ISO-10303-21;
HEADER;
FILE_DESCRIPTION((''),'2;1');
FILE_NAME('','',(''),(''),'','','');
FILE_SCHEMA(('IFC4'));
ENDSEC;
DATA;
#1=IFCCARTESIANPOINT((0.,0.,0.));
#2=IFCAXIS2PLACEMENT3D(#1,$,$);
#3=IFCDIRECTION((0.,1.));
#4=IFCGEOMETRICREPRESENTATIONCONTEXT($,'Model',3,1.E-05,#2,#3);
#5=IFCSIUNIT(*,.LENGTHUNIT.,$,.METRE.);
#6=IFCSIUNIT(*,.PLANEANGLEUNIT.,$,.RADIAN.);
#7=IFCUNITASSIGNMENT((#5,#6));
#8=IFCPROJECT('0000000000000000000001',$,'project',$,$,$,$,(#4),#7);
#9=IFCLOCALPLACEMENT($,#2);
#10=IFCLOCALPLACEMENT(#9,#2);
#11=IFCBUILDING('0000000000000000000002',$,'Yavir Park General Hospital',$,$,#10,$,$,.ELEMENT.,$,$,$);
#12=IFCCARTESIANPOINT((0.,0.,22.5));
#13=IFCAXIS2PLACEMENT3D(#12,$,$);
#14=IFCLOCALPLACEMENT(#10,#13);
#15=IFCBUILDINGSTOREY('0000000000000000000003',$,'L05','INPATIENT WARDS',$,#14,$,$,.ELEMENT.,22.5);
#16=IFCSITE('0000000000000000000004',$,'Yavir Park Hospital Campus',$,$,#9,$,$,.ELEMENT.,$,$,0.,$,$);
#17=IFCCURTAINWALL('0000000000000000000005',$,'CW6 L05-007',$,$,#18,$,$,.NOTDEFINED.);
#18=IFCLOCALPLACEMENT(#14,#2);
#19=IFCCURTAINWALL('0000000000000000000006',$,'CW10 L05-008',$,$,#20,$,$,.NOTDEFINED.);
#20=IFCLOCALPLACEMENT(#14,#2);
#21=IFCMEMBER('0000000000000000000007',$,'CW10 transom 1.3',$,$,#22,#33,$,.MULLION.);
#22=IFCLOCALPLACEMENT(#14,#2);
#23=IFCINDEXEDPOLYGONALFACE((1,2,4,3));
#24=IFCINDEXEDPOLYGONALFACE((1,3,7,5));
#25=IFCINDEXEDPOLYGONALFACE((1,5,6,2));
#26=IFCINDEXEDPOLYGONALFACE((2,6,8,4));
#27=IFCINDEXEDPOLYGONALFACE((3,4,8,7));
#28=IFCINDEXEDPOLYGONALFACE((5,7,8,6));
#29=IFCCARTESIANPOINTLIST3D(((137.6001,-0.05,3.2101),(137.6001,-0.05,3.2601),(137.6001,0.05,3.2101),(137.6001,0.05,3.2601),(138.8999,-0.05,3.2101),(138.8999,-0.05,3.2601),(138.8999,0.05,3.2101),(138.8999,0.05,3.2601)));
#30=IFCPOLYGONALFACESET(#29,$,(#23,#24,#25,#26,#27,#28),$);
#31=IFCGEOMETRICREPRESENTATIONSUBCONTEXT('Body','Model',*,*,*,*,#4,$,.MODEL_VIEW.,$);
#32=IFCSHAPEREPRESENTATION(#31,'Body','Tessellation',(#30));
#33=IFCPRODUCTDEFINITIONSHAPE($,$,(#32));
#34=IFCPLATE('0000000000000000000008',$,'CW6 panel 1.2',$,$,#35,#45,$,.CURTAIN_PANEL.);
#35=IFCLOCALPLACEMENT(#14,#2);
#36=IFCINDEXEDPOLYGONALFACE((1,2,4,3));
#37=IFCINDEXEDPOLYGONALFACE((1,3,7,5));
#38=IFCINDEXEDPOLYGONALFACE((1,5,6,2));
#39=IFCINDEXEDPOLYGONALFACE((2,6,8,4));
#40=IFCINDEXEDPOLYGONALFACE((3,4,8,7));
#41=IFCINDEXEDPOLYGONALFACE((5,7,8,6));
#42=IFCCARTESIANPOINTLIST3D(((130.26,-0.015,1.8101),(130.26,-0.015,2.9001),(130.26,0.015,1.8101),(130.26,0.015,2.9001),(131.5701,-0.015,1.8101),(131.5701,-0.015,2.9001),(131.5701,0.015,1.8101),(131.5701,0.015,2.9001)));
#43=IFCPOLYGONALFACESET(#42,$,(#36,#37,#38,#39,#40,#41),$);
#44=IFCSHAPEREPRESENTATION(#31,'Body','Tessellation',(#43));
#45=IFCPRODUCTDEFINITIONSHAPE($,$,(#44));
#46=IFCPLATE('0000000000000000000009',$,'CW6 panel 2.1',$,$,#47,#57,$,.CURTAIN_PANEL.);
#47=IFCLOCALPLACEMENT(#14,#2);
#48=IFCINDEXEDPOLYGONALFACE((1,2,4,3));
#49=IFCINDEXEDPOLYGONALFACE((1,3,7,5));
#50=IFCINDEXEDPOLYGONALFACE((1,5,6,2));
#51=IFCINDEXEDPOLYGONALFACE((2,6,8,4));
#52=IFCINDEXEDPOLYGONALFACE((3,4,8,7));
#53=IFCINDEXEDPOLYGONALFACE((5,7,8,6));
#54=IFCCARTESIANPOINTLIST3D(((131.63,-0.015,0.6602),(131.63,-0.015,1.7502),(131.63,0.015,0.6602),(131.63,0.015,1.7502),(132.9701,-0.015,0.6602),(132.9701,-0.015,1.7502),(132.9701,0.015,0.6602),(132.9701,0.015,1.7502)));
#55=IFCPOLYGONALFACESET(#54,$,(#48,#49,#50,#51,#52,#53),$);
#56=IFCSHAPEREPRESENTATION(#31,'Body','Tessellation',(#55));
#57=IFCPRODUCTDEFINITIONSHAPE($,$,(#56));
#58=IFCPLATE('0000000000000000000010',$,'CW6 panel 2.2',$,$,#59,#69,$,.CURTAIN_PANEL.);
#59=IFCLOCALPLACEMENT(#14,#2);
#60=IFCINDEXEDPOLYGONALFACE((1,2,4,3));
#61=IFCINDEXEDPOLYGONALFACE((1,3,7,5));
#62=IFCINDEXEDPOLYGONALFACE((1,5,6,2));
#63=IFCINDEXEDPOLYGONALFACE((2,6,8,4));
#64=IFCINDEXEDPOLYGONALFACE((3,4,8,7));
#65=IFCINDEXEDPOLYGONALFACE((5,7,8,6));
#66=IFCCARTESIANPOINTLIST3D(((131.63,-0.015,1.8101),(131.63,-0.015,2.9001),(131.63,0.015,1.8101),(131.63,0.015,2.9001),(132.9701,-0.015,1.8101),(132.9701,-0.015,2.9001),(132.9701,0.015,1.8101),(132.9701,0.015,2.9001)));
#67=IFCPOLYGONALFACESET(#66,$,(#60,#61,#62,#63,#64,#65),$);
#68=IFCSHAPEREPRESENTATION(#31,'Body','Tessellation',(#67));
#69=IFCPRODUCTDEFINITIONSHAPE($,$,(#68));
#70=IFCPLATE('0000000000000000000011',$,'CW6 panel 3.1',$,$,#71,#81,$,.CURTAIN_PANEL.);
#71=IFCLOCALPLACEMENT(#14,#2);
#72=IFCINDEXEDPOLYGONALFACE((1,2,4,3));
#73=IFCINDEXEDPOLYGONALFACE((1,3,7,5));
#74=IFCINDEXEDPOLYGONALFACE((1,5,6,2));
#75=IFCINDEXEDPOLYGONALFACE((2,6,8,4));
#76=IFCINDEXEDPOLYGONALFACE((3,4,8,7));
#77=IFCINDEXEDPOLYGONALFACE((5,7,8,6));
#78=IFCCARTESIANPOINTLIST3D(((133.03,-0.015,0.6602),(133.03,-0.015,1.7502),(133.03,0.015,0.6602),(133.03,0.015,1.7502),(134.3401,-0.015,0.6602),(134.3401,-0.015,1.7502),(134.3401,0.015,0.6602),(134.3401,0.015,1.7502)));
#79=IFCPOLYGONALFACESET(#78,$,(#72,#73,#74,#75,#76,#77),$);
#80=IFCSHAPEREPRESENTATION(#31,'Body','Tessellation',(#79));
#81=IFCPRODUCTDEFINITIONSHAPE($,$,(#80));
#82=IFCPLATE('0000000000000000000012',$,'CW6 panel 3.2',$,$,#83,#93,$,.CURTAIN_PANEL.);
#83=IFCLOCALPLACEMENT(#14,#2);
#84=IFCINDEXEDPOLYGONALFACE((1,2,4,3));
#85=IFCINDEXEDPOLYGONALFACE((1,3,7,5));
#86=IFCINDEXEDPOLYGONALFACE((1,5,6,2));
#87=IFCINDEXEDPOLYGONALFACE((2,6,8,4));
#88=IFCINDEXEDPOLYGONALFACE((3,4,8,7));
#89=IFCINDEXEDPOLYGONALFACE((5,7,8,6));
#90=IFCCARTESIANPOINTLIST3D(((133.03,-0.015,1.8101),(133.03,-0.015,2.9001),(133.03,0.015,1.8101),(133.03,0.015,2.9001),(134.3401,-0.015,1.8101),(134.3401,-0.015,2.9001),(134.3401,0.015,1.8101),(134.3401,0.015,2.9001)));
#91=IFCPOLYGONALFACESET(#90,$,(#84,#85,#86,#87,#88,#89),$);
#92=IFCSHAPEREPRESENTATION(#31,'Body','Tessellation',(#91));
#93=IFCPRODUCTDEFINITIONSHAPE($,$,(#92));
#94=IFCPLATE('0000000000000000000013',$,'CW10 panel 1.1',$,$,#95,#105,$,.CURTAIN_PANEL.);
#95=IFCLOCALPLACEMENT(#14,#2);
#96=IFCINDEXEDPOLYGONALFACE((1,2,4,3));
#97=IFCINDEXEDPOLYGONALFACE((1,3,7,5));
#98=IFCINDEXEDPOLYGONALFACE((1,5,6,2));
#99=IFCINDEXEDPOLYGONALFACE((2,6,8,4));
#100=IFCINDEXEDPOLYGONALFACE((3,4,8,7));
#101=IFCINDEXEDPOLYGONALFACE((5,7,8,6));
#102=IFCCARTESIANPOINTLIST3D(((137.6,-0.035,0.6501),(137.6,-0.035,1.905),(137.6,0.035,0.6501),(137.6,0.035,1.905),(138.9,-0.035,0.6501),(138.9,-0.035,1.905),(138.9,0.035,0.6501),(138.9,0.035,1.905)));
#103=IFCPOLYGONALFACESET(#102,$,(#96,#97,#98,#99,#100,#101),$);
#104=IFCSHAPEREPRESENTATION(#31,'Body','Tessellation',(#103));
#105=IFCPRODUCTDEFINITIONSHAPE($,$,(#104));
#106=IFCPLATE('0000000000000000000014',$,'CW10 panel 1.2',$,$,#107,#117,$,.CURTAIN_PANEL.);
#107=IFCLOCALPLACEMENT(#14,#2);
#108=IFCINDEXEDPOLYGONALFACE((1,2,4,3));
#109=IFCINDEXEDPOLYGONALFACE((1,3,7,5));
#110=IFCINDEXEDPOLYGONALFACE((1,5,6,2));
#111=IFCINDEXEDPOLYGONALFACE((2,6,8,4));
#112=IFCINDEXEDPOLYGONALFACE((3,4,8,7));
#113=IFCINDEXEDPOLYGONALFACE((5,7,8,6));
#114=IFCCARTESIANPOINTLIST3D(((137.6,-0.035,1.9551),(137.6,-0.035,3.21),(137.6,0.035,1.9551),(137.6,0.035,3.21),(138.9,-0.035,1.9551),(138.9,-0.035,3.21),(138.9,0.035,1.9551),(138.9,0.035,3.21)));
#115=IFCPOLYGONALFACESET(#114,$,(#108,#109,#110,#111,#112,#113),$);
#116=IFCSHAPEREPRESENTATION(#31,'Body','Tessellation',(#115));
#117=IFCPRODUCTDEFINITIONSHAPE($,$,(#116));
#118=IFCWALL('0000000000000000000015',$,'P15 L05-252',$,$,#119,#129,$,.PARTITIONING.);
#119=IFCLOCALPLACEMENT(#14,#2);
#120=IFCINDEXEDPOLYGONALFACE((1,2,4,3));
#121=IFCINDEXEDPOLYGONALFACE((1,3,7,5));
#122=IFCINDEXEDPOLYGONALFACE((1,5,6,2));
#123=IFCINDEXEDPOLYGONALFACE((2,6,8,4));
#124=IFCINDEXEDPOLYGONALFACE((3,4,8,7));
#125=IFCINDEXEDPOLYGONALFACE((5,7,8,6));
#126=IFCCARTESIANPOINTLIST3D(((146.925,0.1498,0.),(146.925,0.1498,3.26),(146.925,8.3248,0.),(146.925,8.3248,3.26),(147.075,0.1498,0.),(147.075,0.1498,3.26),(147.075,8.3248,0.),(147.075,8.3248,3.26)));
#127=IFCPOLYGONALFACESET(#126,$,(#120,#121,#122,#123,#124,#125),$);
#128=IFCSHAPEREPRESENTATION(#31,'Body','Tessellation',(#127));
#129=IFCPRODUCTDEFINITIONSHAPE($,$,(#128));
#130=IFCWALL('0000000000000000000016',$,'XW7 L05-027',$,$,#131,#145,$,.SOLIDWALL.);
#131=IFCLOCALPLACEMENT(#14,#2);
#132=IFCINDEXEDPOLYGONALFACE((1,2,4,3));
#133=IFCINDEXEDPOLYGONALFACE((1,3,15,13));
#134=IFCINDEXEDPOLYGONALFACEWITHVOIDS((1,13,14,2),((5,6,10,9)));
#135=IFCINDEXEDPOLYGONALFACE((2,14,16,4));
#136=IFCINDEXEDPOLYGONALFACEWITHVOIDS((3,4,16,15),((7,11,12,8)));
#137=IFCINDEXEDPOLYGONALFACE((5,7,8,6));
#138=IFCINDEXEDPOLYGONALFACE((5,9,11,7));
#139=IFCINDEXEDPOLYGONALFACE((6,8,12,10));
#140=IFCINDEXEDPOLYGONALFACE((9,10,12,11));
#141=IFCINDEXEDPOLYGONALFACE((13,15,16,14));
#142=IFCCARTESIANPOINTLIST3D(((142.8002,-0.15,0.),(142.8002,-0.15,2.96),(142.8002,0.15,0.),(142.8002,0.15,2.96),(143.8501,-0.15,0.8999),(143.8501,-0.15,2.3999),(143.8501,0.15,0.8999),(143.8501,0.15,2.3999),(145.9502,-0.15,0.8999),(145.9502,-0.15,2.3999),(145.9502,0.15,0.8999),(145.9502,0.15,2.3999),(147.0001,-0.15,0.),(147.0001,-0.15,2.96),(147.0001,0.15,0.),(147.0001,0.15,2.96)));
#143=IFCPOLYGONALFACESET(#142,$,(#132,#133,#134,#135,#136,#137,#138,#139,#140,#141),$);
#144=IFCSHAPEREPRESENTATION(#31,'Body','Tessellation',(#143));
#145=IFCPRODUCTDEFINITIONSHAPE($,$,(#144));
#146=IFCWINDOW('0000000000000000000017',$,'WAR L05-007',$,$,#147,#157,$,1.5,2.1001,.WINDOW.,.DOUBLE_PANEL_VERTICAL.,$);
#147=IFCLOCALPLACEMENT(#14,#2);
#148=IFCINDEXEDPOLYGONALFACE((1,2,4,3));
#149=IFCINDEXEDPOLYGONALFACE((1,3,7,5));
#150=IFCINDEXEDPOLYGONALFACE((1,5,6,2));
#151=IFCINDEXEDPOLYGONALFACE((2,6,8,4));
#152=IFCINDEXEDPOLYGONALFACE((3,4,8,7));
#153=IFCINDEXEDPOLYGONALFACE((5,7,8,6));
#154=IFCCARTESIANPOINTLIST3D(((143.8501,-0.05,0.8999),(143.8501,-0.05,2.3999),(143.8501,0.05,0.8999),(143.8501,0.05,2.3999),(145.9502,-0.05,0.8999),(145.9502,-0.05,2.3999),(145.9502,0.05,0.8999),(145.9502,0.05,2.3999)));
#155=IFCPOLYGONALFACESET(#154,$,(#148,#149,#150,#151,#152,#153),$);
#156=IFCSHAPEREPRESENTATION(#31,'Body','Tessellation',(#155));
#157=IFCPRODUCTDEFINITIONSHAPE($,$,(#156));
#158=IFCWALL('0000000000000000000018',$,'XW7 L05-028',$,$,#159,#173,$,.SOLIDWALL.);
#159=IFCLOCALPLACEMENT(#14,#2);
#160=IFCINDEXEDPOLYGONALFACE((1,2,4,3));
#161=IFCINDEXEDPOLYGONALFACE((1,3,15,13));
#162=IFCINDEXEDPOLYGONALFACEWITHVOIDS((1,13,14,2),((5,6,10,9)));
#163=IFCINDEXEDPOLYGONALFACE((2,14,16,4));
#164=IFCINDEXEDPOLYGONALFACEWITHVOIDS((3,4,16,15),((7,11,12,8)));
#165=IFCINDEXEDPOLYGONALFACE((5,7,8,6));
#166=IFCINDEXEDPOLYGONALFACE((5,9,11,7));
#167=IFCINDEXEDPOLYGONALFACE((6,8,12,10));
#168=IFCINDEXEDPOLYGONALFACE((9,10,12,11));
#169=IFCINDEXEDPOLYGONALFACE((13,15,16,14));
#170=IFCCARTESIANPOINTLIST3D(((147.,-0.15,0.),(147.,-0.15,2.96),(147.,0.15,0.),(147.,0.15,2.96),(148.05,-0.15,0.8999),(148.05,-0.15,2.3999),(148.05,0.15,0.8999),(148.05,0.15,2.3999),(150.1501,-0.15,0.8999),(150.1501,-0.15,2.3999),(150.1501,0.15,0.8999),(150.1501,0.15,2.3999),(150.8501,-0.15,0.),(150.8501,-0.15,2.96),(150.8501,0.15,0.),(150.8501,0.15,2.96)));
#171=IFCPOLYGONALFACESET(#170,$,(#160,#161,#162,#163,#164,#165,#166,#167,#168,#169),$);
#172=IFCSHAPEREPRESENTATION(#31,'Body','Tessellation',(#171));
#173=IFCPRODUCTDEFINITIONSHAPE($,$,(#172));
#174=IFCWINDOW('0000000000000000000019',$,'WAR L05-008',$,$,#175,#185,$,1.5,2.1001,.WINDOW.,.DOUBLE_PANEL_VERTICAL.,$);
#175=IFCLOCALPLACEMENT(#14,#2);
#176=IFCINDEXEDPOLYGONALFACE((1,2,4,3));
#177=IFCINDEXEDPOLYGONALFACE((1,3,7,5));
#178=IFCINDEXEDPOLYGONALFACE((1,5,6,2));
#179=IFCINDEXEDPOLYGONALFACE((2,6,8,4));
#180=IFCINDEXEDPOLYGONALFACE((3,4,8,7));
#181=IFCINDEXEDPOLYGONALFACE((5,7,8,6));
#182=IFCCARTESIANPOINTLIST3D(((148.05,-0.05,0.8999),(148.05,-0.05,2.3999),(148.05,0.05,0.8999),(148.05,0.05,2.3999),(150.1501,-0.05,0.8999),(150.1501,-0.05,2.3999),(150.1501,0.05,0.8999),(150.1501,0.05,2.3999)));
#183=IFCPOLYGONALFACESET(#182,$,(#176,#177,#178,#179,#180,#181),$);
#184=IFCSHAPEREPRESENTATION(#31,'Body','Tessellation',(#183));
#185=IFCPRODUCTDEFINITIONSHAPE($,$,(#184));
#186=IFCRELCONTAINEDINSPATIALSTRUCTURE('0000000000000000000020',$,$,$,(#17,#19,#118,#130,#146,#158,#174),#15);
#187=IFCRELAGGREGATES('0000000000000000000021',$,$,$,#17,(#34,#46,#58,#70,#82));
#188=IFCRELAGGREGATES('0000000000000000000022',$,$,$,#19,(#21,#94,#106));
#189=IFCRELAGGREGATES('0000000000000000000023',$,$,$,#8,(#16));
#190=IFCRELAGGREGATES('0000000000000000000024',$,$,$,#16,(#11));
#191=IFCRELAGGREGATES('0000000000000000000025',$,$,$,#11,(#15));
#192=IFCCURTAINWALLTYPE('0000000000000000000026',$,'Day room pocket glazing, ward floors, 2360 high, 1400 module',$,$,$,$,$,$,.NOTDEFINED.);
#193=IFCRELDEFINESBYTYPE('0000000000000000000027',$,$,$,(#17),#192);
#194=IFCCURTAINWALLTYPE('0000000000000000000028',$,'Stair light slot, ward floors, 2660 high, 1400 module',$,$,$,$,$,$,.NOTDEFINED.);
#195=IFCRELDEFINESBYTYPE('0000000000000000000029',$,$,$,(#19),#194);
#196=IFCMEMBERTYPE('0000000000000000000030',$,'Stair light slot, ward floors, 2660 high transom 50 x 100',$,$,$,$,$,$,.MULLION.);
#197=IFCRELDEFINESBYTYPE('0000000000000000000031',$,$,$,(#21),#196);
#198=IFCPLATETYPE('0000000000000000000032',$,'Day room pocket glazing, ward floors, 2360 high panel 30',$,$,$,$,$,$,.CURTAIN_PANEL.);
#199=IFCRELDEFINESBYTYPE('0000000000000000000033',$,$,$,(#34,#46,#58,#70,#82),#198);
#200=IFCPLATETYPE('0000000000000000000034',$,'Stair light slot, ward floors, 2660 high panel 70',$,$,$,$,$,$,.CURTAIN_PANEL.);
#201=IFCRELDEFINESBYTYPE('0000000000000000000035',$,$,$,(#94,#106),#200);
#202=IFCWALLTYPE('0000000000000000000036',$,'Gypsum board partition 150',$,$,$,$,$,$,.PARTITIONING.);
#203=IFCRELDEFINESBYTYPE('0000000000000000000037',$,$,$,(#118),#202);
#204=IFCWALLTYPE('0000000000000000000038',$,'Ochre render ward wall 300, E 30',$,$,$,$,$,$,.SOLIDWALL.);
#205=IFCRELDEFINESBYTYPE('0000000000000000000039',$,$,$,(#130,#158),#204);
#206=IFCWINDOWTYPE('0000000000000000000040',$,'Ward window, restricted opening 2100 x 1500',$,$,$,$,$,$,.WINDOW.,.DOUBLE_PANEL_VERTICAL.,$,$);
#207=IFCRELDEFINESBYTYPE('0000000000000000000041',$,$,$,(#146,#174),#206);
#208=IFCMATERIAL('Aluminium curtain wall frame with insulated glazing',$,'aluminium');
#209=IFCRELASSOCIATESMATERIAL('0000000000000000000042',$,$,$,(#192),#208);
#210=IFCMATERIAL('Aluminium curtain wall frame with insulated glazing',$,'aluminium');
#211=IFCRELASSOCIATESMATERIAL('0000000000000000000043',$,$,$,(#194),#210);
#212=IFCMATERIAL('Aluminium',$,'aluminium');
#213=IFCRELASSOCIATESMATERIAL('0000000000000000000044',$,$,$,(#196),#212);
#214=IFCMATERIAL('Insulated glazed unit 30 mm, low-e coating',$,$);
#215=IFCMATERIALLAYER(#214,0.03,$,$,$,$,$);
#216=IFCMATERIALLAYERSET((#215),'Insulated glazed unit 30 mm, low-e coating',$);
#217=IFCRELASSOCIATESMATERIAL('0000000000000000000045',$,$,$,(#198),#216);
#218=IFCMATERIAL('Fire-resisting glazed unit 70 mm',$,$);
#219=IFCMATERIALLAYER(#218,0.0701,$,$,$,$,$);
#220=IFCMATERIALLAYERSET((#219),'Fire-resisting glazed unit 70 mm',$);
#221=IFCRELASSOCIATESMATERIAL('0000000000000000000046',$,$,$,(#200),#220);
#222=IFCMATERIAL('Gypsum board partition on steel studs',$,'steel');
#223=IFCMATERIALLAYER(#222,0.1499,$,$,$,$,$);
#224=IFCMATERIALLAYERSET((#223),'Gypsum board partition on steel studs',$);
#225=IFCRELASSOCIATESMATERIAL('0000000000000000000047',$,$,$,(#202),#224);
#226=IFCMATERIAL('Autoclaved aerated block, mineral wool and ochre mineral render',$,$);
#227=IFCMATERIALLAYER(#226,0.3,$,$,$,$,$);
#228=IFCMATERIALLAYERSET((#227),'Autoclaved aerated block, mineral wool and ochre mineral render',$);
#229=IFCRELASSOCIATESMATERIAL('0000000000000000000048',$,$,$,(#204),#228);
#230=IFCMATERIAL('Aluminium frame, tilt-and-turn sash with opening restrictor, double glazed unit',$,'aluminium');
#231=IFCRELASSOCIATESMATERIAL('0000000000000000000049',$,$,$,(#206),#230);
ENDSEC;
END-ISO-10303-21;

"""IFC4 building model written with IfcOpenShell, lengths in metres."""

from ifc_helpers import new_model, si_unit, direction, frame, frame_2d, origin, origin_2d, place, context, subcontext, project, spatial, rectangle, extrude, material, layer, layer_set, material_profile, profile_set, type_object, element, fill, aggregate, save


model = new_model("IFC4")

# Units and contexts
model_context = context("Model", 3, precision=1e-05, world=origin(), true_north=direction((0.0, 1.0)))
body_context = subcontext(model_context, "Body", "Model", "MODEL_VIEW")
ifc_project = project(units=[si_unit("LENGTHUNIT", "METRE"), si_unit("PLANEANGLEUNIT", "RADIAN")], contexts=[model_context])

# Site, building, storey
site_placement = place(None, origin())
site = spatial("IfcSite", under=ifc_project, at=site_placement, Name="Yavir Park Hospital Campus", CompositionType="ELEMENT", RefElevation=0.0)
building_placement = place(site_placement, origin())
building = spatial("IfcBuilding", under=site, at=building_placement, Name="Yavir Park General Hospital", CompositionType="ELEMENT")
storey_placement = place(building_placement, frame((0.0, 0.0, 22.5)))
storey = spatial("IfcBuildingStorey", under=building, at=storey_placement, Name="L05", Description="INPATIENT WARDS", CompositionType="ELEMENT", Elevation=22.5)

# Curtain wall
ifc_material_1 = material(Name="Aluminium curtain wall frame with insulated glazing", Category="aluminium")
curtain_wall_type_1 = type_object("IfcCurtainWallType", Name="Day room pocket glazing, ward floors, 2360 high, 1400 module", PredefinedType="NOTDEFINED", material=ifc_material_1)
curtain_wall_1_placement = place(storey_placement, origin())
curtain_wall_1 = element("IfcCurtainWall", 1, at=curtain_wall_1_placement, inside=storey, type_object=curtain_wall_type_1, Name="CW6 L05-007", PredefinedType="NOTDEFINED")

# Curtain wall, member
ifc_material_2 = material(Name="Aluminium curtain wall frame with insulated glazing", Category="aluminium")
curtain_wall_type_2 = type_object("IfcCurtainWallType", Name="Stair light slot, ward floors, 2660 high, 1400 module", PredefinedType="NOTDEFINED", material=ifc_material_2)
curtain_wall_2_placement = place(storey_placement, origin())
curtain_wall_2 = element("IfcCurtainWall", 2, at=curtain_wall_2_placement, inside=storey, type_object=curtain_wall_type_2, Name="CW10 L05-008", PredefinedType="NOTDEFINED")
ifc_material_3 = material(Name="Aluminium", Category="aluminium")
ifc_material_profile_1 = material_profile(ifc_material_3, rectangle(XDim=0.1001, YDim=0.05, at=origin_2d()), Name="AL 100x50")
ifc_profile_set_1 = profile_set([ifc_material_profile_1], Name="Aluminium")
member_type_1 = type_object("IfcMemberType", Name="Stair light slot, ward floors, 2660 high transom 50 x 100", PredefinedType="MULLION", material=ifc_profile_set_1)
member_1_placement = place(storey_placement, frame((137.6001, 0.0, 3.2351), z_axis=(1.0, 0.0, 0.0), x_axis=(0.0, 1.0, 0.0)))
member_1 = element("IfcMember", 3, at=member_1_placement, type_object=member_type_1, Name="CW10 transom 1.3", PredefinedType="MULLION", context=body_context, shape_type="SweptSolid", body=[
    extrude(rectangle(XDim=0.1001, YDim=0.05, at=origin_2d()), origin(), (0.0, 0.0, 1.0), 1.2998),
])

# Plates
ifc_material_4 = material(Name="Insulated glazed unit 30 mm, low-e coating")
ifc_layer_1 = layer(ifc_material_4, 0.03)
ifc_layer_set_1 = layer_set([ifc_layer_1], Name="Insulated glazed unit 30 mm, low-e coating")
plate_type_1 = type_object("IfcPlateType", Name="Day room pocket glazing, ward floors, 2360 high panel 30", PredefinedType="CURTAIN_PANEL", material=ifc_layer_set_1)
plate_1_placement = place(storey_placement, frame((130.915, 0.0, 1.8101), z_axis=(0.0, 0.0, 1.0), x_axis=(1.0, 0.0, 0.0)))
plate_1 = element("IfcPlate", 4, at=plate_1_placement, type_object=plate_type_1, Name="CW6 panel 1.2", PredefinedType="CURTAIN_PANEL", context=body_context, shape_type="SweptSolid", body=[
    extrude(rectangle(XDim=1.3101, YDim=0.03, at=origin_2d()), origin(), (0.0, 0.0, 1.0), 1.0901),
])
plate_2_placement = place(storey_placement, frame((132.3, 0.0, 0.6602), z_axis=(0.0, 0.0, 1.0), x_axis=(1.0, 0.0, 0.0)))
plate_2 = element("IfcPlate", 5, at=plate_2_placement, type_object=plate_type_1, Name="CW6 panel 2.1", PredefinedType="CURTAIN_PANEL", context=body_context, shape_type="SweptSolid", body=[
    extrude(rectangle(XDim=1.3401, YDim=0.03, at=origin_2d()), origin(), (0.0, 0.0, 1.0), 1.0901),
])
plate_3_placement = place(storey_placement, frame((132.3, 0.0, 1.8101), z_axis=(0.0, 0.0, 1.0), x_axis=(1.0, 0.0, 0.0)))
plate_3 = element("IfcPlate", 6, at=plate_3_placement, type_object=plate_type_1, Name="CW6 panel 2.2", PredefinedType="CURTAIN_PANEL", context=body_context, shape_type="SweptSolid", body=[
    extrude(rectangle(XDim=1.3401, YDim=0.03, at=origin_2d()), origin(), (0.0, 0.0, 1.0), 1.0901),
])
plate_4_placement = place(storey_placement, frame((133.6851, 0.0, 0.6602), z_axis=(0.0, 0.0, 1.0), x_axis=(1.0, 0.0, 0.0)))
plate_4 = element("IfcPlate", 7, at=plate_4_placement, type_object=plate_type_1, Name="CW6 panel 3.1", PredefinedType="CURTAIN_PANEL", context=body_context, shape_type="SweptSolid", body=[
    extrude(rectangle(XDim=1.3101, YDim=0.03, at=origin_2d()), origin(), (0.0, 0.0, 1.0), 1.0901),
])
plate_5_placement = place(storey_placement, frame((133.6851, 0.0, 1.8101), z_axis=(0.0, 0.0, 1.0), x_axis=(1.0, 0.0, 0.0)))
plate_5 = element("IfcPlate", 8, at=plate_5_placement, type_object=plate_type_1, Name="CW6 panel 3.2", PredefinedType="CURTAIN_PANEL", context=body_context, shape_type="SweptSolid", body=[
    extrude(rectangle(XDim=1.3101, YDim=0.03, at=origin_2d()), origin(), (0.0, 0.0, 1.0), 1.0901),
])
aggregate(curtain_wall_1, [plate_1, plate_2, plate_3, plate_4, plate_5])
ifc_material_5 = material(Name="Fire-resisting glazed unit 70 mm")
ifc_layer_2 = layer(ifc_material_5, 0.0701)
ifc_layer_set_2 = layer_set([ifc_layer_2], Name="Fire-resisting glazed unit 70 mm")
plate_type_2 = type_object("IfcPlateType", Name="Stair light slot, ward floors, 2660 high panel 70", PredefinedType="CURTAIN_PANEL", material=ifc_layer_set_2)
plate_6_placement = place(storey_placement, frame((138.25, 0.0, 0.6501), z_axis=(0.0, 0.0, 1.0), x_axis=(1.0, 0.0, 0.0)))
plate_6 = element("IfcPlate", 9, at=plate_6_placement, type_object=plate_type_2, Name="CW10 panel 1.1", PredefinedType="CURTAIN_PANEL", context=body_context, shape_type="SweptSolid", body=[
    extrude(rectangle(XDim=1.3, YDim=0.0701, at=origin_2d()), origin(), (0.0, 0.0, 1.0), 1.2549),
])
plate_7_placement = place(storey_placement, frame((138.25, 0.0, 1.9551), z_axis=(0.0, 0.0, 1.0), x_axis=(1.0, 0.0, 0.0)))
plate_7 = element("IfcPlate", 10, at=plate_7_placement, type_object=plate_type_2, Name="CW10 panel 1.2", PredefinedType="CURTAIN_PANEL", context=body_context, shape_type="SweptSolid", body=[
    extrude(rectangle(XDim=1.3, YDim=0.0701, at=origin_2d()), origin(), (0.0, 0.0, 1.0), 1.2549),
])
aggregate(curtain_wall_2, [member_1, plate_6, plate_7])

# Wall
ifc_material_6 = material(Name="Gypsum board partition on steel studs", Category="steel")
ifc_layer_3 = layer(ifc_material_6, 0.1499)
ifc_layer_set_3 = layer_set([ifc_layer_3], Name="Gypsum board partition on steel studs")
wall_type_1 = type_object("IfcWallType", Name="Gypsum board partition 150", PredefinedType="PARTITIONING", material=ifc_layer_set_3)
wall_1_placement = place(storey_placement, frame((147.0, 0.1499, 0.0), z_axis=(0.0, 0.0, 1.0), x_axis=(0.0, 1.0, 0.0)))
element("IfcWall", 11, at=wall_1_placement, inside=storey, type_object=wall_type_1, Name="P15 L05-252", PredefinedType="PARTITIONING", context=body_context, shape_type="SweptSolid", body=[
    extrude(rectangle(XDim=8.175, YDim=0.1499, at=frame_2d((4.0874, 0.0))), origin(), (0.0, 0.0, 1.0), 3.26),
])

# Walls, openings, windows
ifc_material_7 = material(Name="Autoclaved aerated block, mineral wool and ochre mineral render")
ifc_layer_4 = layer(ifc_material_7, 0.3)
ifc_layer_set_4 = layer_set([ifc_layer_4], Name="Autoclaved aerated block, mineral wool and ochre mineral render")
wall_type_2 = type_object("IfcWallType", Name="Ochre render ward wall 300, E 30", PredefinedType="SOLIDWALL", material=ifc_layer_set_4)
wall_2_placement = place(storey_placement, frame((142.8, 0.0, 0.0), z_axis=(0.0, 0.0, 1.0), x_axis=(1.0, 0.0, 0.0)))
wall_2 = element("IfcWall", 12, at=wall_2_placement, inside=storey, type_object=wall_type_2, Name="XW7 L05-027", PredefinedType="SOLIDWALL", context=body_context, shape_type="SweptSolid", body=[
    extrude(rectangle(XDim=4.2, YDim=0.3, at=frame_2d((2.1001, 0.0))), origin(), (0.0, 0.0, 1.0), 2.96),
])
opening_1_placement = place(wall_2_placement, frame((1.05, 0.0, 0.8999)))
opening_1 = element("IfcOpeningElement", 13, at=opening_1_placement, cuts=wall_2, PredefinedType="OPENING", context=body_context, shape_type="SweptSolid", body=[
    extrude(rectangle(XDim=2.1001, YDim=1.5, at=frame_2d((1.05, 0.75))), frame((0.0, 0.1599, 0.0), z_axis=(0.0, -1.0, 0.0), x_axis=(1.0, 0.0, 0.0)), (0.0, 0.0, 1.0), 0.3201),
])
ifc_material_8 = material(Name="Aluminium frame, tilt-and-turn sash with opening restrictor, double glazed unit", Category="aluminium")
window_type = type_object("IfcWindowType", Name="Ward window, restricted opening 2100 x 1500", PartitioningType="DOUBLE_PANEL_VERTICAL", PredefinedType="WINDOW", material=ifc_material_8)
window_1_placement = place(opening_1_placement, origin())
window_1 = element("IfcWindow", 14, at=window_1_placement, inside=storey, type_object=window_type, Name="WAR L05-007", OverallHeight=1.5, OverallWidth=2.1001, PartitioningType="DOUBLE_PANEL_VERTICAL", PredefinedType="WINDOW", context=body_context, shape_type="SweptSolid", body=[
    extrude(rectangle(XDim=2.1001, YDim=1.5, at=frame_2d((1.05, 0.75))), frame((0.0, 0.05, 0.0), z_axis=(0.0, -1.0, 0.0), x_axis=(1.0, 0.0, 0.0)), (0.0, 0.0, 1.0), 0.1001),
])
fill(opening_1, window_1)
wall_3_placement = place(storey_placement, frame((147.0, 0.0, 0.0), z_axis=(0.0, 0.0, 1.0), x_axis=(1.0, 0.0, 0.0)))
wall_3 = element("IfcWall", 15, at=wall_3_placement, inside=storey, type_object=wall_type_2, Name="XW7 L05-028", PredefinedType="SOLIDWALL", context=body_context, shape_type="SweptSolid", body=[
    extrude(rectangle(XDim=3.8501, YDim=0.3, at=frame_2d((1.925, 0.0))), origin(), (0.0, 0.0, 1.0), 2.96),
])
opening_2_placement = place(wall_3_placement, frame((1.05, 0.0, 0.8999)))
opening_2 = element("IfcOpeningElement", 16, at=opening_2_placement, cuts=wall_3, PredefinedType="OPENING", context=body_context, shape_type="SweptSolid", body=[
    extrude(rectangle(XDim=2.1001, YDim=1.5, at=frame_2d((1.05, 0.75))), frame((0.0, 0.1599, 0.0), z_axis=(0.0, -1.0, 0.0), x_axis=(1.0, 0.0, 0.0)), (0.0, 0.0, 1.0), 0.3201),
])
window_2_placement = place(opening_2_placement, origin())
window_2 = element("IfcWindow", 17, at=window_2_placement, inside=storey, type_object=window_type, Name="WAR L05-008", OverallHeight=1.5, OverallWidth=2.1001, PartitioningType="DOUBLE_PANEL_VERTICAL", PredefinedType="WINDOW", context=body_context, shape_type="SweptSolid", body=[
    extrude(rectangle(XDim=2.1001, YDim=1.5, at=frame_2d((1.05, 0.75))), frame((0.0, 0.05, 0.0), z_axis=(0.0, -1.0, 0.0), x_axis=(1.0, 0.0, 0.0)), (0.0, 0.0, 1.0), 0.1001),
])
fill(opening_2, window_2)

save(model, "model.ifc")
